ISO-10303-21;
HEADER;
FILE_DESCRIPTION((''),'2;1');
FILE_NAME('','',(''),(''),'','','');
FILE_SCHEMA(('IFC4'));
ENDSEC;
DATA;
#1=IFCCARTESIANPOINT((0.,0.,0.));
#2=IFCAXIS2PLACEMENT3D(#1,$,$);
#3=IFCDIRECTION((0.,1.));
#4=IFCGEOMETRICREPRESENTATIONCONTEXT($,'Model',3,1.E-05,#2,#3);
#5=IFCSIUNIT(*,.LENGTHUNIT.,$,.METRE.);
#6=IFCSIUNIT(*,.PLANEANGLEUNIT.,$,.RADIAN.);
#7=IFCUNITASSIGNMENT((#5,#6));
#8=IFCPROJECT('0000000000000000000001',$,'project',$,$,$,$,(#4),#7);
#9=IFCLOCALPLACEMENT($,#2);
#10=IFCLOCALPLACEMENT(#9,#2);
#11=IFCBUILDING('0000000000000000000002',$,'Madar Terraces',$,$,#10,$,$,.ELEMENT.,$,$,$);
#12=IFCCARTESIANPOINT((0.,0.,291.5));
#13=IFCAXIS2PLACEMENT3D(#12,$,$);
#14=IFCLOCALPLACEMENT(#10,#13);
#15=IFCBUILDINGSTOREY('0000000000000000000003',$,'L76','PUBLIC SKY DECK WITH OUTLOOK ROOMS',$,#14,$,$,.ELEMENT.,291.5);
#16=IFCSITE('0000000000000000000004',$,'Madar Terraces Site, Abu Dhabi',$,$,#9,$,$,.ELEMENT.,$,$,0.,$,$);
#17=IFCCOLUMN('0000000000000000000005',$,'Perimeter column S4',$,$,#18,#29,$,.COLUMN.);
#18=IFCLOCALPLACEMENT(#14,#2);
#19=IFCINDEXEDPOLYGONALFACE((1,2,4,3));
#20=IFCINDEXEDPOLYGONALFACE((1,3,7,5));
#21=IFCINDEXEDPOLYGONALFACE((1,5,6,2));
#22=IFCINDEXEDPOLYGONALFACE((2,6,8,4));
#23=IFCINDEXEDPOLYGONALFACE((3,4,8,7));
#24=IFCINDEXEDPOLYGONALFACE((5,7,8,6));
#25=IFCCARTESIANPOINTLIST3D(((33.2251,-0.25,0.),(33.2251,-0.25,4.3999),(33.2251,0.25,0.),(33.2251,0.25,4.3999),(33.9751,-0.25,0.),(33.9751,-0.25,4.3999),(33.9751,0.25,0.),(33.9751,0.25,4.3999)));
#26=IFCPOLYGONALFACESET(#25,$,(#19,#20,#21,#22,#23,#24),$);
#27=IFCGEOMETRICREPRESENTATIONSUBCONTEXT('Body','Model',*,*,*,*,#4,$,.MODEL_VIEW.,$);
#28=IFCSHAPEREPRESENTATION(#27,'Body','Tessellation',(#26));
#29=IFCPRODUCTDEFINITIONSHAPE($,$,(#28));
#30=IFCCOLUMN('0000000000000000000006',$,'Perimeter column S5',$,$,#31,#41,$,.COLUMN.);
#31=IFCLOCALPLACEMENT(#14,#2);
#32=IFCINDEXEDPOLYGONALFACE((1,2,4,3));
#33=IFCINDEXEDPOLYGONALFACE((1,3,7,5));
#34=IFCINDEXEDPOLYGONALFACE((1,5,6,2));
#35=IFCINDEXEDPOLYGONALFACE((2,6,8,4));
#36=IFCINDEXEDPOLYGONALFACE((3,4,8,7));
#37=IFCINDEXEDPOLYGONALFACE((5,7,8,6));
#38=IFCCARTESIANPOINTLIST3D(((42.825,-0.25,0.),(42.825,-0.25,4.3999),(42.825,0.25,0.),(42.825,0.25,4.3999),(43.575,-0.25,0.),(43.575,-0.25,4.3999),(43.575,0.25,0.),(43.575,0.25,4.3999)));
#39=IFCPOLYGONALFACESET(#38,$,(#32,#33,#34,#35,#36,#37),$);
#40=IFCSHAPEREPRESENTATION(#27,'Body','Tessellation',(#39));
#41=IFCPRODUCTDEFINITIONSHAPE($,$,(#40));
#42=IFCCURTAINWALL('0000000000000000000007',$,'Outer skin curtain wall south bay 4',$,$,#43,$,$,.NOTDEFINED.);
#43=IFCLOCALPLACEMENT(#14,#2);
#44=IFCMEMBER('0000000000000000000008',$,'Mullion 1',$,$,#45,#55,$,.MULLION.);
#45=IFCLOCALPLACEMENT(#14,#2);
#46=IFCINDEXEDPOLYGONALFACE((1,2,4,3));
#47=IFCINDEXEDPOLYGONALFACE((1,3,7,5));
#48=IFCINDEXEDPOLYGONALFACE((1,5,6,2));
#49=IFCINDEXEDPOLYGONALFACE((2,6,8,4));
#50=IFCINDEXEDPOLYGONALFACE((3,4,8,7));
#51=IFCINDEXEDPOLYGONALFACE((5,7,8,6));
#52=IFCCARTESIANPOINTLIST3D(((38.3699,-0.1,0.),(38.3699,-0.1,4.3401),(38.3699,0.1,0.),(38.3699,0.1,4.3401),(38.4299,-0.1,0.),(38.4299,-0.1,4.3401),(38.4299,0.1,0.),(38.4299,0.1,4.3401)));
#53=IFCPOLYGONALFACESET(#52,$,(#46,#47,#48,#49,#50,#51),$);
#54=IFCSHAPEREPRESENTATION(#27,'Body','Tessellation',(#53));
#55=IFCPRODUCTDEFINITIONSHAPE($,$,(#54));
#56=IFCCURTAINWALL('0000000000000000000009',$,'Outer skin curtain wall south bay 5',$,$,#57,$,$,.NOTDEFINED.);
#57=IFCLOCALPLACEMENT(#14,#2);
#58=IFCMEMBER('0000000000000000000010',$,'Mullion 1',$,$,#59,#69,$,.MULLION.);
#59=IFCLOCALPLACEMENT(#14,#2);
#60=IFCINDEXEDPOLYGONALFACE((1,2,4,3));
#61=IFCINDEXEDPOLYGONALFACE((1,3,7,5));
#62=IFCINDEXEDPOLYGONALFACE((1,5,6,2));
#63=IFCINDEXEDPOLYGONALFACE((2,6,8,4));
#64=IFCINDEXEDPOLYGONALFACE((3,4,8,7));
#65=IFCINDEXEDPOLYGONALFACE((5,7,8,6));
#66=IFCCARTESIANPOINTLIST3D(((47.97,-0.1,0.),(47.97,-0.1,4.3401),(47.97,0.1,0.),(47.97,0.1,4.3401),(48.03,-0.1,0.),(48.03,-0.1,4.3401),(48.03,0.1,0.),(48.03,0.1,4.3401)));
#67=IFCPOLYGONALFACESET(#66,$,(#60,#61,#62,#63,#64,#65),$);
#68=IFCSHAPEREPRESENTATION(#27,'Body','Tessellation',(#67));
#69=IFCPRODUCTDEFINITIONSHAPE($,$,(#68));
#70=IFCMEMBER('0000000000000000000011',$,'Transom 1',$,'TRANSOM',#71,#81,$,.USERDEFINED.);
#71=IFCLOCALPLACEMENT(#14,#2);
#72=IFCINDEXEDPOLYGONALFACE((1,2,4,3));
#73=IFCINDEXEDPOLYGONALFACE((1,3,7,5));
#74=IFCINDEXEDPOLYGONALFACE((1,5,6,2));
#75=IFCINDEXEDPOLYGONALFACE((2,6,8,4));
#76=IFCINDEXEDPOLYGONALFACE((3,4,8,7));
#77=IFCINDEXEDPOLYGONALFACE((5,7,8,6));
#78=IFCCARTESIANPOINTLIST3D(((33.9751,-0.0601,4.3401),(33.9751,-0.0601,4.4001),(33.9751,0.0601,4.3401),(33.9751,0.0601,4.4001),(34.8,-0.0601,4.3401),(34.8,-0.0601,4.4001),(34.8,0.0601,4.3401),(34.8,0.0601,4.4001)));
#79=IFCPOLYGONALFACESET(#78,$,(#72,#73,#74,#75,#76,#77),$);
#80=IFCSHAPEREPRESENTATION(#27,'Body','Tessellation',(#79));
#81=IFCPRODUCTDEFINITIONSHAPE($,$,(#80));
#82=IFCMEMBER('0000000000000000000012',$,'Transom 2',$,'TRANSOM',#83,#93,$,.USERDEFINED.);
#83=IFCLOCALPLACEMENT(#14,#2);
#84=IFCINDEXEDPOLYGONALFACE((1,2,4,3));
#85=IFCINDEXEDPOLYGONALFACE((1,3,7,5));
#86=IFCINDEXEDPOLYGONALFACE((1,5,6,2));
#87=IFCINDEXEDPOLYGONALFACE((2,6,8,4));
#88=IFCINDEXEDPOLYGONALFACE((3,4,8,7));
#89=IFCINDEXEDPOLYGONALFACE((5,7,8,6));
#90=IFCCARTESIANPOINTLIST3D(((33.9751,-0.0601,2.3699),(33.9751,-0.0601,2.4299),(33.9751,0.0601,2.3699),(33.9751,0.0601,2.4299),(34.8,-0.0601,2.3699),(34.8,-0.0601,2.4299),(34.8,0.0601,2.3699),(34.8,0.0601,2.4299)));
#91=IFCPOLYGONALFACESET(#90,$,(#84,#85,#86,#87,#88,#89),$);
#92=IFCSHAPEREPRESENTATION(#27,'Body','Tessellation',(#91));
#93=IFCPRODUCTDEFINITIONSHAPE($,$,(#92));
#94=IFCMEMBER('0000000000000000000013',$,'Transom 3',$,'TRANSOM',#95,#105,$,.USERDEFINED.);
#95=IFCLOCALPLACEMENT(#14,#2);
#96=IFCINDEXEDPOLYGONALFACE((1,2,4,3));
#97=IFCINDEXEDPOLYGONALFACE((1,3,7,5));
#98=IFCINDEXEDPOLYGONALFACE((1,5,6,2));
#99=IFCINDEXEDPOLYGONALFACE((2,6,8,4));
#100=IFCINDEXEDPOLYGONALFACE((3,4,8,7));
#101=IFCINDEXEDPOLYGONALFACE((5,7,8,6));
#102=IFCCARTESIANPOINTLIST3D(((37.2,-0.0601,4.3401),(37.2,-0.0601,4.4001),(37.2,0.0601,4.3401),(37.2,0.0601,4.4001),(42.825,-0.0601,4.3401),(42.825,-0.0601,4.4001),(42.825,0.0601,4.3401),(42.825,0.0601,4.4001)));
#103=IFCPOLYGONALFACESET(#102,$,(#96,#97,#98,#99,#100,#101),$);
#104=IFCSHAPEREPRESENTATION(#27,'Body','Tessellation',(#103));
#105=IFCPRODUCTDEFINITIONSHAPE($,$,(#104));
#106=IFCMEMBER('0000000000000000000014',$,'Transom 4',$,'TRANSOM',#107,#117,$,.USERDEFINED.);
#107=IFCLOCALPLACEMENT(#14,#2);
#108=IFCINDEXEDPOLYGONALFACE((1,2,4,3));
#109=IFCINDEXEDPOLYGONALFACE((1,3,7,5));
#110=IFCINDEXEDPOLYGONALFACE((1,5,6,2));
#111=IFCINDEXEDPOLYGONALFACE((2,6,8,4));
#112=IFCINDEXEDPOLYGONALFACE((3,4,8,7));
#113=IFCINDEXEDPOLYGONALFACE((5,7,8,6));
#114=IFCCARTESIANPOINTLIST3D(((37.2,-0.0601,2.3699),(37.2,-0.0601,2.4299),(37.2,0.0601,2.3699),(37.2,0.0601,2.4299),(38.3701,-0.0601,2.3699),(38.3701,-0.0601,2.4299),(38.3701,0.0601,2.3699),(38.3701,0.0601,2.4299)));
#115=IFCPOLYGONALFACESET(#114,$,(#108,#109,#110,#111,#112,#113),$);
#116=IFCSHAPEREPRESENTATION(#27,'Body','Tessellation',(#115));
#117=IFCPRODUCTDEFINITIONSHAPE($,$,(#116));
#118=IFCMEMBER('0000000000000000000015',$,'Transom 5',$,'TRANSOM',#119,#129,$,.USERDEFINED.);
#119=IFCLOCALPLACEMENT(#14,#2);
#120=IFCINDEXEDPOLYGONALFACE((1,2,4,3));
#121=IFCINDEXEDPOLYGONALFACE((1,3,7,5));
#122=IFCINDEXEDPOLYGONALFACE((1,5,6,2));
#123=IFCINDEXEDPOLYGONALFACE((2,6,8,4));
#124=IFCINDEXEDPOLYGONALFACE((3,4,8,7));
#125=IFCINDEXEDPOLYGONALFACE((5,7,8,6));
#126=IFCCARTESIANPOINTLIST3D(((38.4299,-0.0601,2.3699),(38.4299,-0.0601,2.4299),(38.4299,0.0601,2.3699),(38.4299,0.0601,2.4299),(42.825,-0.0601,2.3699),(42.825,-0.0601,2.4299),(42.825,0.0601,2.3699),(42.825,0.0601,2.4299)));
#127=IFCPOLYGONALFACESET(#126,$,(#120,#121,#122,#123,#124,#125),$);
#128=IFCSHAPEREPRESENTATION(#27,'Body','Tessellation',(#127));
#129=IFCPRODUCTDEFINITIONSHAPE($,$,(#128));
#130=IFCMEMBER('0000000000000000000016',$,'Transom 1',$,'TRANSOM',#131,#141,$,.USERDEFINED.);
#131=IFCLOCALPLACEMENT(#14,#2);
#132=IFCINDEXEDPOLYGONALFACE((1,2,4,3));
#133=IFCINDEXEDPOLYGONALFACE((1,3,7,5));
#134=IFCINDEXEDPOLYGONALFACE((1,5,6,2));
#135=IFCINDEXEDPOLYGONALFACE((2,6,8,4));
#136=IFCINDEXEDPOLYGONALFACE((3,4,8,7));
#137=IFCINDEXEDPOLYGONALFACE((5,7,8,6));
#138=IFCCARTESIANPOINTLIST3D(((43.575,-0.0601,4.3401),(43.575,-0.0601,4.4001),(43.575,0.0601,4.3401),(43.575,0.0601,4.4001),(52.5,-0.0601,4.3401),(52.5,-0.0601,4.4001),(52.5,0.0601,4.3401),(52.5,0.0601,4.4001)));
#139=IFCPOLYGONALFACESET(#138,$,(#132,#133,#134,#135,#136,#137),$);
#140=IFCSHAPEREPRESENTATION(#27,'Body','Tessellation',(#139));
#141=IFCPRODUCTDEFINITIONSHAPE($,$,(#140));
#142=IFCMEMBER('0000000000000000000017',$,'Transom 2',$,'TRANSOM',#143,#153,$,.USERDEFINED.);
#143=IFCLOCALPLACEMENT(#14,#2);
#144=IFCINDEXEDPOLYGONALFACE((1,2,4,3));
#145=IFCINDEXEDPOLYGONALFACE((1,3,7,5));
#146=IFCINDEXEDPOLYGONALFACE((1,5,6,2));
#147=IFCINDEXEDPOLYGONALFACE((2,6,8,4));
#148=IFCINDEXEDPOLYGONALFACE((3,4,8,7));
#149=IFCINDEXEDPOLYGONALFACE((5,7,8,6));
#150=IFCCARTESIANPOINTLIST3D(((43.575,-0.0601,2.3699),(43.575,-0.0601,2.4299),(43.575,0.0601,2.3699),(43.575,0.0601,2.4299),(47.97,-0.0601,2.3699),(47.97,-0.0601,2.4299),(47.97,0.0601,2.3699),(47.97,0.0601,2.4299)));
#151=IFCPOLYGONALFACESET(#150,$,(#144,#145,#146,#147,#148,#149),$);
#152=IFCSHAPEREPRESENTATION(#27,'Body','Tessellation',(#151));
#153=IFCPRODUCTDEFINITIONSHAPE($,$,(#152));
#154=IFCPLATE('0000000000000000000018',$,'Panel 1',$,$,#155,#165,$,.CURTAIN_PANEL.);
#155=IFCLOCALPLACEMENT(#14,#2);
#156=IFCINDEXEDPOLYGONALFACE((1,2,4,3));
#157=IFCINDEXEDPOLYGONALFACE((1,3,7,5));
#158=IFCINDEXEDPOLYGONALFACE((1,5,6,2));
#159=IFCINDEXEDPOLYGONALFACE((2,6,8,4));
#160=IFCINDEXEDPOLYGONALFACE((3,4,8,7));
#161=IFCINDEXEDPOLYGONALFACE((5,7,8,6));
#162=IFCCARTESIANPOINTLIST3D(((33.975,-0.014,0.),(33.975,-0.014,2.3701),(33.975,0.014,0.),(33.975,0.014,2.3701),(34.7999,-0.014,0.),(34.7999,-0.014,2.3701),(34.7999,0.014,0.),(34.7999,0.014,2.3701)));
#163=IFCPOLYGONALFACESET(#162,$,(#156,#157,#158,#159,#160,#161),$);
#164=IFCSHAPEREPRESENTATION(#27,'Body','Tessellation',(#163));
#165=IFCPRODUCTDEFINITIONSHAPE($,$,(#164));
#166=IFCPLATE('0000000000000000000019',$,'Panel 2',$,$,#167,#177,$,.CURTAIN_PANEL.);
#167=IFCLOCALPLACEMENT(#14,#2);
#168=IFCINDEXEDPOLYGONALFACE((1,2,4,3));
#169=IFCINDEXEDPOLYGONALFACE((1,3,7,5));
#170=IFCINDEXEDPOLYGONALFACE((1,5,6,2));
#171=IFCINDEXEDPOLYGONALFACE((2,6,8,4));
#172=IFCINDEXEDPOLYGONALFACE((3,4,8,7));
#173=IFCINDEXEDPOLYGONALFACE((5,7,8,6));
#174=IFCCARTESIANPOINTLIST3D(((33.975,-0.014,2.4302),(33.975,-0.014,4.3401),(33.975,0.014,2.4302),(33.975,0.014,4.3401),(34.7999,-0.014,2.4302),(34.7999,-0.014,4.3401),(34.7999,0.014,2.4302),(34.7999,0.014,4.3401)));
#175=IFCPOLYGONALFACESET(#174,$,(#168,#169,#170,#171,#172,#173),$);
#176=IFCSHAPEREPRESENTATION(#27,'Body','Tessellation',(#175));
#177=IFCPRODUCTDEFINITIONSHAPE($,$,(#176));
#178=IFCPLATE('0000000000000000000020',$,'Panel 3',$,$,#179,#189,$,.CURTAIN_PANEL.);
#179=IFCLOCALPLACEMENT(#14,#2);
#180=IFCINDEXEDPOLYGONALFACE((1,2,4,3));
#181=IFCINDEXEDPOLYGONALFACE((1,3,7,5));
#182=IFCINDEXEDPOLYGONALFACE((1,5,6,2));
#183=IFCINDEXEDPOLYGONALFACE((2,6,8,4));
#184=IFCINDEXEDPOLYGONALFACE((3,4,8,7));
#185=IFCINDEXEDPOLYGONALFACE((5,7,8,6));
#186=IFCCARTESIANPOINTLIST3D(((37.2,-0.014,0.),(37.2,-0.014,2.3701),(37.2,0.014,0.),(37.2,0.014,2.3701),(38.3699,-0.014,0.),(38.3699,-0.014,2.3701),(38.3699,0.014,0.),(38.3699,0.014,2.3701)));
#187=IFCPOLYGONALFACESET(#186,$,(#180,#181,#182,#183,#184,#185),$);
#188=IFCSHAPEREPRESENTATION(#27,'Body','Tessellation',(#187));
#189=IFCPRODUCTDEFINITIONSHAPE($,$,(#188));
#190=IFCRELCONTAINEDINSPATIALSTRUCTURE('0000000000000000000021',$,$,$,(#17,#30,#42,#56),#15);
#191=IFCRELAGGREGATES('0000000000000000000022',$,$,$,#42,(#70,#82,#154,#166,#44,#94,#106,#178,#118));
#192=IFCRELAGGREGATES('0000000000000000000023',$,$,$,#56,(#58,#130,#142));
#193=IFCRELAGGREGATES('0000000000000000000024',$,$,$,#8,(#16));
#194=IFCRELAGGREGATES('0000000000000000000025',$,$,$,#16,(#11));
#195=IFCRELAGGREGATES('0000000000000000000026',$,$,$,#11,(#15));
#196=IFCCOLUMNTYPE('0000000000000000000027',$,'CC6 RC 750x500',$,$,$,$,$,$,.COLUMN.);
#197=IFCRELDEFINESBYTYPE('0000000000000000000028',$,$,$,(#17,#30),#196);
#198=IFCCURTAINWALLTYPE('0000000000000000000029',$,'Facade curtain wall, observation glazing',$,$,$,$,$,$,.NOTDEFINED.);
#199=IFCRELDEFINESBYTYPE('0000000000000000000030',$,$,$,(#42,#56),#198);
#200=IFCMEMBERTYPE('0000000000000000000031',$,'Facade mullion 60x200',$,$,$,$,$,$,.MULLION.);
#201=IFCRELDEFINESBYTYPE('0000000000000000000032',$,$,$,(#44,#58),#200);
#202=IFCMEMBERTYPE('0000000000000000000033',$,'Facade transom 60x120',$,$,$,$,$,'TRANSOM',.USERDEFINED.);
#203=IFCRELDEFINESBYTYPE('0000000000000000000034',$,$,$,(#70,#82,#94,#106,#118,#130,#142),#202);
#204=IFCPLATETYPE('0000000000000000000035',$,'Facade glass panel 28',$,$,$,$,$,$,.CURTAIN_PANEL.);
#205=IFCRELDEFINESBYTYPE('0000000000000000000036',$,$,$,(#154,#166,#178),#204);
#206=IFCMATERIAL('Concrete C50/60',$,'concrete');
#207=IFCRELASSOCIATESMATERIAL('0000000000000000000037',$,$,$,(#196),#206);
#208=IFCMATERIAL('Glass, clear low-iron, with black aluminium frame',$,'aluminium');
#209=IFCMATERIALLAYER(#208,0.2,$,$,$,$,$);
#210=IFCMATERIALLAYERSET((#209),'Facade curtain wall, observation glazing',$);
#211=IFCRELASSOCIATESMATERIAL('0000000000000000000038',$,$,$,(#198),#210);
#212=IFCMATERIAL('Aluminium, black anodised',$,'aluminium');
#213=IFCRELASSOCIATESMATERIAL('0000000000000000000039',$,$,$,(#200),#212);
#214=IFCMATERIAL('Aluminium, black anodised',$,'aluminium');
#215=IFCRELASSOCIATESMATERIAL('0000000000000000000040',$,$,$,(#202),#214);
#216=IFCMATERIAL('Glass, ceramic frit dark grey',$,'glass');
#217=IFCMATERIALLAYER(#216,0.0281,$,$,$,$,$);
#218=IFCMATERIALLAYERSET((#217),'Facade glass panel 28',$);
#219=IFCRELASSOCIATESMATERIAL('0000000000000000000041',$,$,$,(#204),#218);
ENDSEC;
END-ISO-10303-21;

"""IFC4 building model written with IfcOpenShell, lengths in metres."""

from ifc_helpers import new_model, si_unit, direction, frame, origin, origin_2d, place, context, subcontext, project, spatial, rectangle, extrude, material, layer, layer_set, material_profile, profile_set, type_object, element, aggregate, save


model = new_model("IFC4")

# Units and contexts
model_context = context("Model", 3, precision=1e-05, world=origin(), true_north=direction((0.0, 1.0)))
body_context = subcontext(model_context, "Body", "Model", "MODEL_VIEW")
ifc_project = project(units=[si_unit("LENGTHUNIT", "METRE"), si_unit("PLANEANGLEUNIT", "RADIAN")], contexts=[model_context])

# Site, building, storey
site_placement = place(None, origin())
site = spatial("IfcSite", under=ifc_project, at=site_placement, Name="Madar Terraces Site, Abu Dhabi", CompositionType="ELEMENT", RefElevation=0.0)
building_placement = place(site_placement, origin())
building = spatial("IfcBuilding", under=site, at=building_placement, Name="Madar Terraces", CompositionType="ELEMENT")
storey_placement = place(building_placement, frame((0.0, 0.0, 291.5)))
storey = spatial("IfcBuildingStorey", under=building, at=storey_placement, Name="L76", Description="PUBLIC SKY DECK WITH OUTLOOK ROOMS", CompositionType="ELEMENT", Elevation=291.5)

# Columns
ifc_material_1 = material(Name="Concrete C50/60", Category="concrete")
ifc_material_profile_1 = material_profile(ifc_material_1, rectangle(XDim=0.75, YDim=0.5, at=origin_2d()), Name="CC6 RC 750x500")
ifc_profile_set_1 = profile_set([ifc_material_profile_1], Name="Concrete C50/60")
column_type = type_object("IfcColumnType", Name="CC6 RC 750x500", PredefinedType="COLUMN", material=ifc_profile_set_1)
for number, where, z_axis, x_axis, name in (
    (1, (33.6001, 0.0, 0.0), (0.0, 0.0, 1.0), (1.0, 0.0, 0.0), "Perimeter column S4"),
    (2, (43.2, 0.0, 0.0), (0.0, 0.0, 1.0), (1.0, 0.0, 0.0), "Perimeter column S5"),
):
    element("IfcColumn", number, at=place(storey_placement, frame(where, z_axis=z_axis, x_axis=x_axis)), inside=storey, type_object=column_type, Name=name, PredefinedType="COLUMN", context=body_context, shape_type="SweptSolid", body=[
        extrude(rectangle(XDim=0.75, YDim=0.5, at=origin_2d()), origin(), (0.0, 0.0, 1.0), 4.3999),
    ])

# Curtain walls, members
ifc_material_2 = material(Name="Glass, clear low-iron, with black aluminium frame", Category="aluminium")
ifc_layer_1 = layer(ifc_material_2, 0.2)
ifc_layer_set_1 = layer_set([ifc_layer_1], Name="Facade curtain wall, observation glazing")
curtain_wall_type = type_object("IfcCurtainWallType", Name="Facade curtain wall, observation glazing", PredefinedType="NOTDEFINED", material=ifc_layer_set_1)
curtain_wall_1_placement = place(storey_placement, origin())
curtain_wall_1 = element("IfcCurtainWall", 3, at=curtain_wall_1_placement, inside=storey, type_object=curtain_wall_type, Name="Outer skin curtain wall south bay 4", PredefinedType="NOTDEFINED")
ifc_material_3 = material(Name="Aluminium, black anodised", Category="aluminium")
ifc_material_profile_2 = material_profile(ifc_material_3, rectangle(XDim=0.2, YDim=0.0601, at=origin_2d()), Name="Facade mullion 60x200")
ifc_profile_set_2 = profile_set([ifc_material_profile_2], Name="Aluminium, black anodised")
member_type_1 = type_object("IfcMemberType", Name="Facade mullion 60x200", PredefinedType="MULLION", material=ifc_profile_set_2)
member_1_placement = place(storey_placement, frame((38.3999, 0.0, 0.0), z_axis=(0.0, 0.0, 1.0), x_axis=(0.0, 1.0, 0.0)))
member_1 = element("IfcMember", 4, at=member_1_placement, type_object=member_type_1, Name="Mullion 1", PredefinedType="MULLION", context=body_context, shape_type="SweptSolid", body=[
    extrude(rectangle(XDim=0.2, YDim=0.0601, at=origin_2d()), origin(), (0.0, 0.0, 1.0), 4.3401),
])
curtain_wall_2_placement = place(storey_placement, origin())
curtain_wall_2 = element("IfcCurtainWall", 5, at=curtain_wall_2_placement, inside=storey, type_object=curtain_wall_type, Name="Outer skin curtain wall south bay 5", PredefinedType="NOTDEFINED")
member_2_placement = place(storey_placement, frame((48.0, 0.0, 0.0), z_axis=(0.0, 0.0, 1.0), x_axis=(0.0, 1.0, 0.0)))
member_2 = element("IfcMember", 6, at=member_2_placement, type_object=member_type_1, Name="Mullion 1", PredefinedType="MULLION", context=body_context, shape_type="SweptSolid", body=[
    extrude(rectangle(XDim=0.2, YDim=0.0601, at=origin_2d()), origin(), (0.0, 0.0, 1.0), 4.3401),
])

# Members
ifc_material_4 = material(Name="Aluminium, black anodised", Category="aluminium")
ifc_material_profile_3 = material_profile(ifc_material_4, rectangle(XDim=0.1201, YDim=0.0601, at=origin_2d()), Name="Facade transom 60x120")
ifc_profile_set_3 = profile_set([ifc_material_profile_3], Name="Aluminium, black anodised")
member_type_2 = type_object("IfcMemberType", Name="Facade transom 60x120", ElementType="TRANSOM", PredefinedType="USERDEFINED", material=ifc_profile_set_3)
member_3_placement = place(storey_placement, frame((33.9751, 0.0, 4.3701), z_axis=(1.0, 0.0, 0.0), x_axis=(0.0, 1.0, 0.0)))
member_3 = element("IfcMember", 7, at=member_3_placement, type_object=member_type_2, Name="Transom 1", ObjectType="TRANSOM", PredefinedType="USERDEFINED", context=body_context, shape_type="SweptSolid", body=[
    extrude(rectangle(XDim=0.1201, YDim=0.0601, at=origin_2d()), origin(), (0.0, 0.0, 1.0), 0.825),
])
member_4_placement = place(storey_placement, frame((33.9751, 0.0, 2.3999), z_axis=(1.0, 0.0, 0.0), x_axis=(0.0, 1.0, 0.0)))
member_4 = element("IfcMember", 8, at=member_4_placement, type_object=member_type_2, Name="Transom 2", ObjectType="TRANSOM", PredefinedType="USERDEFINED", context=body_context, shape_type="SweptSolid", body=[
    extrude(rectangle(XDim=0.1201, YDim=0.0601, at=origin_2d()), origin(), (0.0, 0.0, 1.0), 0.825),
])
member_5_placement = place(storey_placement, frame((37.2, 0.0, 4.3701), z_axis=(1.0, 0.0, 0.0), x_axis=(0.0, 1.0, 0.0)))
member_5 = element("IfcMember", 9, at=member_5_placement, type_object=member_type_2, Name="Transom 3", ObjectType="TRANSOM", PredefinedType="USERDEFINED", context=body_context, shape_type="SweptSolid", body=[
    extrude(rectangle(XDim=0.1201, YDim=0.0601, at=origin_2d()), origin(), (0.0, 0.0, 1.0), 5.625),
])
member_6_placement = place(storey_placement, frame((37.2, 0.0, 2.3999), z_axis=(1.0, 0.0, 0.0), x_axis=(0.0, 1.0, 0.0)))
member_6 = element("IfcMember", 10, at=member_6_placement, type_object=member_type_2, Name="Transom 4", ObjectType="TRANSOM", PredefinedType="USERDEFINED", context=body_context, shape_type="SweptSolid", body=[
    extrude(rectangle(XDim=0.1201, YDim=0.0601, at=origin_2d()), origin(), (0.0, 0.0, 1.0), 1.1702),
])
member_7_placement = place(storey_placement, frame((38.4299, 0.0, 2.3999), z_axis=(1.0, 0.0, 0.0), x_axis=(0.0, 1.0, 0.0)))
member_7 = element("IfcMember", 11, at=member_7_placement, type_object=member_type_2, Name="Transom 5", ObjectType="TRANSOM", PredefinedType="USERDEFINED", context=body_context, shape_type="SweptSolid", body=[
    extrude(rectangle(XDim=0.1201, YDim=0.0601, at=origin_2d()), origin(), (0.0, 0.0, 1.0), 4.395),
])
member_8_placement = place(storey_placement, frame((43.575, 0.0, 4.3701), z_axis=(1.0, 0.0, 0.0), x_axis=(0.0, 1.0, 0.0)))
member_8 = element("IfcMember", 12, at=member_8_placement, type_object=member_type_2, Name="Transom 1", ObjectType="TRANSOM", PredefinedType="USERDEFINED", context=body_context, shape_type="SweptSolid", body=[
    extrude(rectangle(XDim=0.1201, YDim=0.0601, at=origin_2d()), origin(), (0.0, 0.0, 1.0), 8.925),
])
member_9_placement = place(storey_placement, frame((43.575, 0.0, 2.3999), z_axis=(1.0, 0.0, 0.0), x_axis=(0.0, 1.0, 0.0)))
member_9 = element("IfcMember", 13, at=member_9_placement, type_object=member_type_2, Name="Transom 2", ObjectType="TRANSOM", PredefinedType="USERDEFINED", context=body_context, shape_type="SweptSolid", body=[
    extrude(rectangle(XDim=0.1201, YDim=0.0601, at=origin_2d()), origin(), (0.0, 0.0, 1.0), 4.395),
])

# Plates
ifc_material_5 = material(Name="Glass, ceramic frit dark grey", Category="glass")
ifc_layer_2 = layer(ifc_material_5, 0.0281)
ifc_layer_set_2 = layer_set([ifc_layer_2], Name="Facade glass panel 28")
plate_type = type_object("IfcPlateType", Name="Facade glass panel 28", PredefinedType="CURTAIN_PANEL", material=ifc_layer_set_2)
plate_1_placement = place(storey_placement, frame((34.3875, 0.0, 0.0), z_axis=(0.0, 0.0, 1.0), x_axis=(1.0, 0.0, 0.0)))
plate_1 = element("IfcPlate", 14, at=plate_1_placement, type_object=plate_type, Name="Panel 1", PredefinedType="CURTAIN_PANEL", context=body_context, shape_type="SweptSolid", body=[
    extrude(rectangle(XDim=0.825, YDim=0.0281, at=origin_2d()), origin(), (0.0, 0.0, 1.0), 2.3701),
])
plate_2_placement = place(storey_placement, frame((34.3875, 0.0, 2.4302), z_axis=(0.0, 0.0, 1.0), x_axis=(1.0, 0.0, 0.0)))
plate_2 = element("IfcPlate", 15, at=plate_2_placement, type_object=plate_type, Name="Panel 2", PredefinedType="CURTAIN_PANEL", context=body_context, shape_type="SweptSolid", body=[
    extrude(rectangle(XDim=0.825, YDim=0.0281, at=origin_2d()), origin(), (0.0, 0.0, 1.0), 1.9099),
])
plate_3_placement = place(storey_placement, frame((37.7849, 0.0, 0.0), z_axis=(0.0, 0.0, 1.0), x_axis=(1.0, 0.0, 0.0)))
plate_3 = element("IfcPlate", 16, at=plate_3_placement, type_object=plate_type, Name="Panel 3", PredefinedType="CURTAIN_PANEL", context=body_context, shape_type="SweptSolid", body=[
    extrude(rectangle(XDim=1.1699, YDim=0.0281, at=origin_2d()), origin(), (0.0, 0.0, 1.0), 2.3701),
])
aggregate(curtain_wall_1, [member_3, member_4, plate_1, plate_2, member_1, member_5, member_6, plate_3, member_7])
aggregate(curtain_wall_2, [member_2, member_8, member_9])

save(model, "model.ifc")
